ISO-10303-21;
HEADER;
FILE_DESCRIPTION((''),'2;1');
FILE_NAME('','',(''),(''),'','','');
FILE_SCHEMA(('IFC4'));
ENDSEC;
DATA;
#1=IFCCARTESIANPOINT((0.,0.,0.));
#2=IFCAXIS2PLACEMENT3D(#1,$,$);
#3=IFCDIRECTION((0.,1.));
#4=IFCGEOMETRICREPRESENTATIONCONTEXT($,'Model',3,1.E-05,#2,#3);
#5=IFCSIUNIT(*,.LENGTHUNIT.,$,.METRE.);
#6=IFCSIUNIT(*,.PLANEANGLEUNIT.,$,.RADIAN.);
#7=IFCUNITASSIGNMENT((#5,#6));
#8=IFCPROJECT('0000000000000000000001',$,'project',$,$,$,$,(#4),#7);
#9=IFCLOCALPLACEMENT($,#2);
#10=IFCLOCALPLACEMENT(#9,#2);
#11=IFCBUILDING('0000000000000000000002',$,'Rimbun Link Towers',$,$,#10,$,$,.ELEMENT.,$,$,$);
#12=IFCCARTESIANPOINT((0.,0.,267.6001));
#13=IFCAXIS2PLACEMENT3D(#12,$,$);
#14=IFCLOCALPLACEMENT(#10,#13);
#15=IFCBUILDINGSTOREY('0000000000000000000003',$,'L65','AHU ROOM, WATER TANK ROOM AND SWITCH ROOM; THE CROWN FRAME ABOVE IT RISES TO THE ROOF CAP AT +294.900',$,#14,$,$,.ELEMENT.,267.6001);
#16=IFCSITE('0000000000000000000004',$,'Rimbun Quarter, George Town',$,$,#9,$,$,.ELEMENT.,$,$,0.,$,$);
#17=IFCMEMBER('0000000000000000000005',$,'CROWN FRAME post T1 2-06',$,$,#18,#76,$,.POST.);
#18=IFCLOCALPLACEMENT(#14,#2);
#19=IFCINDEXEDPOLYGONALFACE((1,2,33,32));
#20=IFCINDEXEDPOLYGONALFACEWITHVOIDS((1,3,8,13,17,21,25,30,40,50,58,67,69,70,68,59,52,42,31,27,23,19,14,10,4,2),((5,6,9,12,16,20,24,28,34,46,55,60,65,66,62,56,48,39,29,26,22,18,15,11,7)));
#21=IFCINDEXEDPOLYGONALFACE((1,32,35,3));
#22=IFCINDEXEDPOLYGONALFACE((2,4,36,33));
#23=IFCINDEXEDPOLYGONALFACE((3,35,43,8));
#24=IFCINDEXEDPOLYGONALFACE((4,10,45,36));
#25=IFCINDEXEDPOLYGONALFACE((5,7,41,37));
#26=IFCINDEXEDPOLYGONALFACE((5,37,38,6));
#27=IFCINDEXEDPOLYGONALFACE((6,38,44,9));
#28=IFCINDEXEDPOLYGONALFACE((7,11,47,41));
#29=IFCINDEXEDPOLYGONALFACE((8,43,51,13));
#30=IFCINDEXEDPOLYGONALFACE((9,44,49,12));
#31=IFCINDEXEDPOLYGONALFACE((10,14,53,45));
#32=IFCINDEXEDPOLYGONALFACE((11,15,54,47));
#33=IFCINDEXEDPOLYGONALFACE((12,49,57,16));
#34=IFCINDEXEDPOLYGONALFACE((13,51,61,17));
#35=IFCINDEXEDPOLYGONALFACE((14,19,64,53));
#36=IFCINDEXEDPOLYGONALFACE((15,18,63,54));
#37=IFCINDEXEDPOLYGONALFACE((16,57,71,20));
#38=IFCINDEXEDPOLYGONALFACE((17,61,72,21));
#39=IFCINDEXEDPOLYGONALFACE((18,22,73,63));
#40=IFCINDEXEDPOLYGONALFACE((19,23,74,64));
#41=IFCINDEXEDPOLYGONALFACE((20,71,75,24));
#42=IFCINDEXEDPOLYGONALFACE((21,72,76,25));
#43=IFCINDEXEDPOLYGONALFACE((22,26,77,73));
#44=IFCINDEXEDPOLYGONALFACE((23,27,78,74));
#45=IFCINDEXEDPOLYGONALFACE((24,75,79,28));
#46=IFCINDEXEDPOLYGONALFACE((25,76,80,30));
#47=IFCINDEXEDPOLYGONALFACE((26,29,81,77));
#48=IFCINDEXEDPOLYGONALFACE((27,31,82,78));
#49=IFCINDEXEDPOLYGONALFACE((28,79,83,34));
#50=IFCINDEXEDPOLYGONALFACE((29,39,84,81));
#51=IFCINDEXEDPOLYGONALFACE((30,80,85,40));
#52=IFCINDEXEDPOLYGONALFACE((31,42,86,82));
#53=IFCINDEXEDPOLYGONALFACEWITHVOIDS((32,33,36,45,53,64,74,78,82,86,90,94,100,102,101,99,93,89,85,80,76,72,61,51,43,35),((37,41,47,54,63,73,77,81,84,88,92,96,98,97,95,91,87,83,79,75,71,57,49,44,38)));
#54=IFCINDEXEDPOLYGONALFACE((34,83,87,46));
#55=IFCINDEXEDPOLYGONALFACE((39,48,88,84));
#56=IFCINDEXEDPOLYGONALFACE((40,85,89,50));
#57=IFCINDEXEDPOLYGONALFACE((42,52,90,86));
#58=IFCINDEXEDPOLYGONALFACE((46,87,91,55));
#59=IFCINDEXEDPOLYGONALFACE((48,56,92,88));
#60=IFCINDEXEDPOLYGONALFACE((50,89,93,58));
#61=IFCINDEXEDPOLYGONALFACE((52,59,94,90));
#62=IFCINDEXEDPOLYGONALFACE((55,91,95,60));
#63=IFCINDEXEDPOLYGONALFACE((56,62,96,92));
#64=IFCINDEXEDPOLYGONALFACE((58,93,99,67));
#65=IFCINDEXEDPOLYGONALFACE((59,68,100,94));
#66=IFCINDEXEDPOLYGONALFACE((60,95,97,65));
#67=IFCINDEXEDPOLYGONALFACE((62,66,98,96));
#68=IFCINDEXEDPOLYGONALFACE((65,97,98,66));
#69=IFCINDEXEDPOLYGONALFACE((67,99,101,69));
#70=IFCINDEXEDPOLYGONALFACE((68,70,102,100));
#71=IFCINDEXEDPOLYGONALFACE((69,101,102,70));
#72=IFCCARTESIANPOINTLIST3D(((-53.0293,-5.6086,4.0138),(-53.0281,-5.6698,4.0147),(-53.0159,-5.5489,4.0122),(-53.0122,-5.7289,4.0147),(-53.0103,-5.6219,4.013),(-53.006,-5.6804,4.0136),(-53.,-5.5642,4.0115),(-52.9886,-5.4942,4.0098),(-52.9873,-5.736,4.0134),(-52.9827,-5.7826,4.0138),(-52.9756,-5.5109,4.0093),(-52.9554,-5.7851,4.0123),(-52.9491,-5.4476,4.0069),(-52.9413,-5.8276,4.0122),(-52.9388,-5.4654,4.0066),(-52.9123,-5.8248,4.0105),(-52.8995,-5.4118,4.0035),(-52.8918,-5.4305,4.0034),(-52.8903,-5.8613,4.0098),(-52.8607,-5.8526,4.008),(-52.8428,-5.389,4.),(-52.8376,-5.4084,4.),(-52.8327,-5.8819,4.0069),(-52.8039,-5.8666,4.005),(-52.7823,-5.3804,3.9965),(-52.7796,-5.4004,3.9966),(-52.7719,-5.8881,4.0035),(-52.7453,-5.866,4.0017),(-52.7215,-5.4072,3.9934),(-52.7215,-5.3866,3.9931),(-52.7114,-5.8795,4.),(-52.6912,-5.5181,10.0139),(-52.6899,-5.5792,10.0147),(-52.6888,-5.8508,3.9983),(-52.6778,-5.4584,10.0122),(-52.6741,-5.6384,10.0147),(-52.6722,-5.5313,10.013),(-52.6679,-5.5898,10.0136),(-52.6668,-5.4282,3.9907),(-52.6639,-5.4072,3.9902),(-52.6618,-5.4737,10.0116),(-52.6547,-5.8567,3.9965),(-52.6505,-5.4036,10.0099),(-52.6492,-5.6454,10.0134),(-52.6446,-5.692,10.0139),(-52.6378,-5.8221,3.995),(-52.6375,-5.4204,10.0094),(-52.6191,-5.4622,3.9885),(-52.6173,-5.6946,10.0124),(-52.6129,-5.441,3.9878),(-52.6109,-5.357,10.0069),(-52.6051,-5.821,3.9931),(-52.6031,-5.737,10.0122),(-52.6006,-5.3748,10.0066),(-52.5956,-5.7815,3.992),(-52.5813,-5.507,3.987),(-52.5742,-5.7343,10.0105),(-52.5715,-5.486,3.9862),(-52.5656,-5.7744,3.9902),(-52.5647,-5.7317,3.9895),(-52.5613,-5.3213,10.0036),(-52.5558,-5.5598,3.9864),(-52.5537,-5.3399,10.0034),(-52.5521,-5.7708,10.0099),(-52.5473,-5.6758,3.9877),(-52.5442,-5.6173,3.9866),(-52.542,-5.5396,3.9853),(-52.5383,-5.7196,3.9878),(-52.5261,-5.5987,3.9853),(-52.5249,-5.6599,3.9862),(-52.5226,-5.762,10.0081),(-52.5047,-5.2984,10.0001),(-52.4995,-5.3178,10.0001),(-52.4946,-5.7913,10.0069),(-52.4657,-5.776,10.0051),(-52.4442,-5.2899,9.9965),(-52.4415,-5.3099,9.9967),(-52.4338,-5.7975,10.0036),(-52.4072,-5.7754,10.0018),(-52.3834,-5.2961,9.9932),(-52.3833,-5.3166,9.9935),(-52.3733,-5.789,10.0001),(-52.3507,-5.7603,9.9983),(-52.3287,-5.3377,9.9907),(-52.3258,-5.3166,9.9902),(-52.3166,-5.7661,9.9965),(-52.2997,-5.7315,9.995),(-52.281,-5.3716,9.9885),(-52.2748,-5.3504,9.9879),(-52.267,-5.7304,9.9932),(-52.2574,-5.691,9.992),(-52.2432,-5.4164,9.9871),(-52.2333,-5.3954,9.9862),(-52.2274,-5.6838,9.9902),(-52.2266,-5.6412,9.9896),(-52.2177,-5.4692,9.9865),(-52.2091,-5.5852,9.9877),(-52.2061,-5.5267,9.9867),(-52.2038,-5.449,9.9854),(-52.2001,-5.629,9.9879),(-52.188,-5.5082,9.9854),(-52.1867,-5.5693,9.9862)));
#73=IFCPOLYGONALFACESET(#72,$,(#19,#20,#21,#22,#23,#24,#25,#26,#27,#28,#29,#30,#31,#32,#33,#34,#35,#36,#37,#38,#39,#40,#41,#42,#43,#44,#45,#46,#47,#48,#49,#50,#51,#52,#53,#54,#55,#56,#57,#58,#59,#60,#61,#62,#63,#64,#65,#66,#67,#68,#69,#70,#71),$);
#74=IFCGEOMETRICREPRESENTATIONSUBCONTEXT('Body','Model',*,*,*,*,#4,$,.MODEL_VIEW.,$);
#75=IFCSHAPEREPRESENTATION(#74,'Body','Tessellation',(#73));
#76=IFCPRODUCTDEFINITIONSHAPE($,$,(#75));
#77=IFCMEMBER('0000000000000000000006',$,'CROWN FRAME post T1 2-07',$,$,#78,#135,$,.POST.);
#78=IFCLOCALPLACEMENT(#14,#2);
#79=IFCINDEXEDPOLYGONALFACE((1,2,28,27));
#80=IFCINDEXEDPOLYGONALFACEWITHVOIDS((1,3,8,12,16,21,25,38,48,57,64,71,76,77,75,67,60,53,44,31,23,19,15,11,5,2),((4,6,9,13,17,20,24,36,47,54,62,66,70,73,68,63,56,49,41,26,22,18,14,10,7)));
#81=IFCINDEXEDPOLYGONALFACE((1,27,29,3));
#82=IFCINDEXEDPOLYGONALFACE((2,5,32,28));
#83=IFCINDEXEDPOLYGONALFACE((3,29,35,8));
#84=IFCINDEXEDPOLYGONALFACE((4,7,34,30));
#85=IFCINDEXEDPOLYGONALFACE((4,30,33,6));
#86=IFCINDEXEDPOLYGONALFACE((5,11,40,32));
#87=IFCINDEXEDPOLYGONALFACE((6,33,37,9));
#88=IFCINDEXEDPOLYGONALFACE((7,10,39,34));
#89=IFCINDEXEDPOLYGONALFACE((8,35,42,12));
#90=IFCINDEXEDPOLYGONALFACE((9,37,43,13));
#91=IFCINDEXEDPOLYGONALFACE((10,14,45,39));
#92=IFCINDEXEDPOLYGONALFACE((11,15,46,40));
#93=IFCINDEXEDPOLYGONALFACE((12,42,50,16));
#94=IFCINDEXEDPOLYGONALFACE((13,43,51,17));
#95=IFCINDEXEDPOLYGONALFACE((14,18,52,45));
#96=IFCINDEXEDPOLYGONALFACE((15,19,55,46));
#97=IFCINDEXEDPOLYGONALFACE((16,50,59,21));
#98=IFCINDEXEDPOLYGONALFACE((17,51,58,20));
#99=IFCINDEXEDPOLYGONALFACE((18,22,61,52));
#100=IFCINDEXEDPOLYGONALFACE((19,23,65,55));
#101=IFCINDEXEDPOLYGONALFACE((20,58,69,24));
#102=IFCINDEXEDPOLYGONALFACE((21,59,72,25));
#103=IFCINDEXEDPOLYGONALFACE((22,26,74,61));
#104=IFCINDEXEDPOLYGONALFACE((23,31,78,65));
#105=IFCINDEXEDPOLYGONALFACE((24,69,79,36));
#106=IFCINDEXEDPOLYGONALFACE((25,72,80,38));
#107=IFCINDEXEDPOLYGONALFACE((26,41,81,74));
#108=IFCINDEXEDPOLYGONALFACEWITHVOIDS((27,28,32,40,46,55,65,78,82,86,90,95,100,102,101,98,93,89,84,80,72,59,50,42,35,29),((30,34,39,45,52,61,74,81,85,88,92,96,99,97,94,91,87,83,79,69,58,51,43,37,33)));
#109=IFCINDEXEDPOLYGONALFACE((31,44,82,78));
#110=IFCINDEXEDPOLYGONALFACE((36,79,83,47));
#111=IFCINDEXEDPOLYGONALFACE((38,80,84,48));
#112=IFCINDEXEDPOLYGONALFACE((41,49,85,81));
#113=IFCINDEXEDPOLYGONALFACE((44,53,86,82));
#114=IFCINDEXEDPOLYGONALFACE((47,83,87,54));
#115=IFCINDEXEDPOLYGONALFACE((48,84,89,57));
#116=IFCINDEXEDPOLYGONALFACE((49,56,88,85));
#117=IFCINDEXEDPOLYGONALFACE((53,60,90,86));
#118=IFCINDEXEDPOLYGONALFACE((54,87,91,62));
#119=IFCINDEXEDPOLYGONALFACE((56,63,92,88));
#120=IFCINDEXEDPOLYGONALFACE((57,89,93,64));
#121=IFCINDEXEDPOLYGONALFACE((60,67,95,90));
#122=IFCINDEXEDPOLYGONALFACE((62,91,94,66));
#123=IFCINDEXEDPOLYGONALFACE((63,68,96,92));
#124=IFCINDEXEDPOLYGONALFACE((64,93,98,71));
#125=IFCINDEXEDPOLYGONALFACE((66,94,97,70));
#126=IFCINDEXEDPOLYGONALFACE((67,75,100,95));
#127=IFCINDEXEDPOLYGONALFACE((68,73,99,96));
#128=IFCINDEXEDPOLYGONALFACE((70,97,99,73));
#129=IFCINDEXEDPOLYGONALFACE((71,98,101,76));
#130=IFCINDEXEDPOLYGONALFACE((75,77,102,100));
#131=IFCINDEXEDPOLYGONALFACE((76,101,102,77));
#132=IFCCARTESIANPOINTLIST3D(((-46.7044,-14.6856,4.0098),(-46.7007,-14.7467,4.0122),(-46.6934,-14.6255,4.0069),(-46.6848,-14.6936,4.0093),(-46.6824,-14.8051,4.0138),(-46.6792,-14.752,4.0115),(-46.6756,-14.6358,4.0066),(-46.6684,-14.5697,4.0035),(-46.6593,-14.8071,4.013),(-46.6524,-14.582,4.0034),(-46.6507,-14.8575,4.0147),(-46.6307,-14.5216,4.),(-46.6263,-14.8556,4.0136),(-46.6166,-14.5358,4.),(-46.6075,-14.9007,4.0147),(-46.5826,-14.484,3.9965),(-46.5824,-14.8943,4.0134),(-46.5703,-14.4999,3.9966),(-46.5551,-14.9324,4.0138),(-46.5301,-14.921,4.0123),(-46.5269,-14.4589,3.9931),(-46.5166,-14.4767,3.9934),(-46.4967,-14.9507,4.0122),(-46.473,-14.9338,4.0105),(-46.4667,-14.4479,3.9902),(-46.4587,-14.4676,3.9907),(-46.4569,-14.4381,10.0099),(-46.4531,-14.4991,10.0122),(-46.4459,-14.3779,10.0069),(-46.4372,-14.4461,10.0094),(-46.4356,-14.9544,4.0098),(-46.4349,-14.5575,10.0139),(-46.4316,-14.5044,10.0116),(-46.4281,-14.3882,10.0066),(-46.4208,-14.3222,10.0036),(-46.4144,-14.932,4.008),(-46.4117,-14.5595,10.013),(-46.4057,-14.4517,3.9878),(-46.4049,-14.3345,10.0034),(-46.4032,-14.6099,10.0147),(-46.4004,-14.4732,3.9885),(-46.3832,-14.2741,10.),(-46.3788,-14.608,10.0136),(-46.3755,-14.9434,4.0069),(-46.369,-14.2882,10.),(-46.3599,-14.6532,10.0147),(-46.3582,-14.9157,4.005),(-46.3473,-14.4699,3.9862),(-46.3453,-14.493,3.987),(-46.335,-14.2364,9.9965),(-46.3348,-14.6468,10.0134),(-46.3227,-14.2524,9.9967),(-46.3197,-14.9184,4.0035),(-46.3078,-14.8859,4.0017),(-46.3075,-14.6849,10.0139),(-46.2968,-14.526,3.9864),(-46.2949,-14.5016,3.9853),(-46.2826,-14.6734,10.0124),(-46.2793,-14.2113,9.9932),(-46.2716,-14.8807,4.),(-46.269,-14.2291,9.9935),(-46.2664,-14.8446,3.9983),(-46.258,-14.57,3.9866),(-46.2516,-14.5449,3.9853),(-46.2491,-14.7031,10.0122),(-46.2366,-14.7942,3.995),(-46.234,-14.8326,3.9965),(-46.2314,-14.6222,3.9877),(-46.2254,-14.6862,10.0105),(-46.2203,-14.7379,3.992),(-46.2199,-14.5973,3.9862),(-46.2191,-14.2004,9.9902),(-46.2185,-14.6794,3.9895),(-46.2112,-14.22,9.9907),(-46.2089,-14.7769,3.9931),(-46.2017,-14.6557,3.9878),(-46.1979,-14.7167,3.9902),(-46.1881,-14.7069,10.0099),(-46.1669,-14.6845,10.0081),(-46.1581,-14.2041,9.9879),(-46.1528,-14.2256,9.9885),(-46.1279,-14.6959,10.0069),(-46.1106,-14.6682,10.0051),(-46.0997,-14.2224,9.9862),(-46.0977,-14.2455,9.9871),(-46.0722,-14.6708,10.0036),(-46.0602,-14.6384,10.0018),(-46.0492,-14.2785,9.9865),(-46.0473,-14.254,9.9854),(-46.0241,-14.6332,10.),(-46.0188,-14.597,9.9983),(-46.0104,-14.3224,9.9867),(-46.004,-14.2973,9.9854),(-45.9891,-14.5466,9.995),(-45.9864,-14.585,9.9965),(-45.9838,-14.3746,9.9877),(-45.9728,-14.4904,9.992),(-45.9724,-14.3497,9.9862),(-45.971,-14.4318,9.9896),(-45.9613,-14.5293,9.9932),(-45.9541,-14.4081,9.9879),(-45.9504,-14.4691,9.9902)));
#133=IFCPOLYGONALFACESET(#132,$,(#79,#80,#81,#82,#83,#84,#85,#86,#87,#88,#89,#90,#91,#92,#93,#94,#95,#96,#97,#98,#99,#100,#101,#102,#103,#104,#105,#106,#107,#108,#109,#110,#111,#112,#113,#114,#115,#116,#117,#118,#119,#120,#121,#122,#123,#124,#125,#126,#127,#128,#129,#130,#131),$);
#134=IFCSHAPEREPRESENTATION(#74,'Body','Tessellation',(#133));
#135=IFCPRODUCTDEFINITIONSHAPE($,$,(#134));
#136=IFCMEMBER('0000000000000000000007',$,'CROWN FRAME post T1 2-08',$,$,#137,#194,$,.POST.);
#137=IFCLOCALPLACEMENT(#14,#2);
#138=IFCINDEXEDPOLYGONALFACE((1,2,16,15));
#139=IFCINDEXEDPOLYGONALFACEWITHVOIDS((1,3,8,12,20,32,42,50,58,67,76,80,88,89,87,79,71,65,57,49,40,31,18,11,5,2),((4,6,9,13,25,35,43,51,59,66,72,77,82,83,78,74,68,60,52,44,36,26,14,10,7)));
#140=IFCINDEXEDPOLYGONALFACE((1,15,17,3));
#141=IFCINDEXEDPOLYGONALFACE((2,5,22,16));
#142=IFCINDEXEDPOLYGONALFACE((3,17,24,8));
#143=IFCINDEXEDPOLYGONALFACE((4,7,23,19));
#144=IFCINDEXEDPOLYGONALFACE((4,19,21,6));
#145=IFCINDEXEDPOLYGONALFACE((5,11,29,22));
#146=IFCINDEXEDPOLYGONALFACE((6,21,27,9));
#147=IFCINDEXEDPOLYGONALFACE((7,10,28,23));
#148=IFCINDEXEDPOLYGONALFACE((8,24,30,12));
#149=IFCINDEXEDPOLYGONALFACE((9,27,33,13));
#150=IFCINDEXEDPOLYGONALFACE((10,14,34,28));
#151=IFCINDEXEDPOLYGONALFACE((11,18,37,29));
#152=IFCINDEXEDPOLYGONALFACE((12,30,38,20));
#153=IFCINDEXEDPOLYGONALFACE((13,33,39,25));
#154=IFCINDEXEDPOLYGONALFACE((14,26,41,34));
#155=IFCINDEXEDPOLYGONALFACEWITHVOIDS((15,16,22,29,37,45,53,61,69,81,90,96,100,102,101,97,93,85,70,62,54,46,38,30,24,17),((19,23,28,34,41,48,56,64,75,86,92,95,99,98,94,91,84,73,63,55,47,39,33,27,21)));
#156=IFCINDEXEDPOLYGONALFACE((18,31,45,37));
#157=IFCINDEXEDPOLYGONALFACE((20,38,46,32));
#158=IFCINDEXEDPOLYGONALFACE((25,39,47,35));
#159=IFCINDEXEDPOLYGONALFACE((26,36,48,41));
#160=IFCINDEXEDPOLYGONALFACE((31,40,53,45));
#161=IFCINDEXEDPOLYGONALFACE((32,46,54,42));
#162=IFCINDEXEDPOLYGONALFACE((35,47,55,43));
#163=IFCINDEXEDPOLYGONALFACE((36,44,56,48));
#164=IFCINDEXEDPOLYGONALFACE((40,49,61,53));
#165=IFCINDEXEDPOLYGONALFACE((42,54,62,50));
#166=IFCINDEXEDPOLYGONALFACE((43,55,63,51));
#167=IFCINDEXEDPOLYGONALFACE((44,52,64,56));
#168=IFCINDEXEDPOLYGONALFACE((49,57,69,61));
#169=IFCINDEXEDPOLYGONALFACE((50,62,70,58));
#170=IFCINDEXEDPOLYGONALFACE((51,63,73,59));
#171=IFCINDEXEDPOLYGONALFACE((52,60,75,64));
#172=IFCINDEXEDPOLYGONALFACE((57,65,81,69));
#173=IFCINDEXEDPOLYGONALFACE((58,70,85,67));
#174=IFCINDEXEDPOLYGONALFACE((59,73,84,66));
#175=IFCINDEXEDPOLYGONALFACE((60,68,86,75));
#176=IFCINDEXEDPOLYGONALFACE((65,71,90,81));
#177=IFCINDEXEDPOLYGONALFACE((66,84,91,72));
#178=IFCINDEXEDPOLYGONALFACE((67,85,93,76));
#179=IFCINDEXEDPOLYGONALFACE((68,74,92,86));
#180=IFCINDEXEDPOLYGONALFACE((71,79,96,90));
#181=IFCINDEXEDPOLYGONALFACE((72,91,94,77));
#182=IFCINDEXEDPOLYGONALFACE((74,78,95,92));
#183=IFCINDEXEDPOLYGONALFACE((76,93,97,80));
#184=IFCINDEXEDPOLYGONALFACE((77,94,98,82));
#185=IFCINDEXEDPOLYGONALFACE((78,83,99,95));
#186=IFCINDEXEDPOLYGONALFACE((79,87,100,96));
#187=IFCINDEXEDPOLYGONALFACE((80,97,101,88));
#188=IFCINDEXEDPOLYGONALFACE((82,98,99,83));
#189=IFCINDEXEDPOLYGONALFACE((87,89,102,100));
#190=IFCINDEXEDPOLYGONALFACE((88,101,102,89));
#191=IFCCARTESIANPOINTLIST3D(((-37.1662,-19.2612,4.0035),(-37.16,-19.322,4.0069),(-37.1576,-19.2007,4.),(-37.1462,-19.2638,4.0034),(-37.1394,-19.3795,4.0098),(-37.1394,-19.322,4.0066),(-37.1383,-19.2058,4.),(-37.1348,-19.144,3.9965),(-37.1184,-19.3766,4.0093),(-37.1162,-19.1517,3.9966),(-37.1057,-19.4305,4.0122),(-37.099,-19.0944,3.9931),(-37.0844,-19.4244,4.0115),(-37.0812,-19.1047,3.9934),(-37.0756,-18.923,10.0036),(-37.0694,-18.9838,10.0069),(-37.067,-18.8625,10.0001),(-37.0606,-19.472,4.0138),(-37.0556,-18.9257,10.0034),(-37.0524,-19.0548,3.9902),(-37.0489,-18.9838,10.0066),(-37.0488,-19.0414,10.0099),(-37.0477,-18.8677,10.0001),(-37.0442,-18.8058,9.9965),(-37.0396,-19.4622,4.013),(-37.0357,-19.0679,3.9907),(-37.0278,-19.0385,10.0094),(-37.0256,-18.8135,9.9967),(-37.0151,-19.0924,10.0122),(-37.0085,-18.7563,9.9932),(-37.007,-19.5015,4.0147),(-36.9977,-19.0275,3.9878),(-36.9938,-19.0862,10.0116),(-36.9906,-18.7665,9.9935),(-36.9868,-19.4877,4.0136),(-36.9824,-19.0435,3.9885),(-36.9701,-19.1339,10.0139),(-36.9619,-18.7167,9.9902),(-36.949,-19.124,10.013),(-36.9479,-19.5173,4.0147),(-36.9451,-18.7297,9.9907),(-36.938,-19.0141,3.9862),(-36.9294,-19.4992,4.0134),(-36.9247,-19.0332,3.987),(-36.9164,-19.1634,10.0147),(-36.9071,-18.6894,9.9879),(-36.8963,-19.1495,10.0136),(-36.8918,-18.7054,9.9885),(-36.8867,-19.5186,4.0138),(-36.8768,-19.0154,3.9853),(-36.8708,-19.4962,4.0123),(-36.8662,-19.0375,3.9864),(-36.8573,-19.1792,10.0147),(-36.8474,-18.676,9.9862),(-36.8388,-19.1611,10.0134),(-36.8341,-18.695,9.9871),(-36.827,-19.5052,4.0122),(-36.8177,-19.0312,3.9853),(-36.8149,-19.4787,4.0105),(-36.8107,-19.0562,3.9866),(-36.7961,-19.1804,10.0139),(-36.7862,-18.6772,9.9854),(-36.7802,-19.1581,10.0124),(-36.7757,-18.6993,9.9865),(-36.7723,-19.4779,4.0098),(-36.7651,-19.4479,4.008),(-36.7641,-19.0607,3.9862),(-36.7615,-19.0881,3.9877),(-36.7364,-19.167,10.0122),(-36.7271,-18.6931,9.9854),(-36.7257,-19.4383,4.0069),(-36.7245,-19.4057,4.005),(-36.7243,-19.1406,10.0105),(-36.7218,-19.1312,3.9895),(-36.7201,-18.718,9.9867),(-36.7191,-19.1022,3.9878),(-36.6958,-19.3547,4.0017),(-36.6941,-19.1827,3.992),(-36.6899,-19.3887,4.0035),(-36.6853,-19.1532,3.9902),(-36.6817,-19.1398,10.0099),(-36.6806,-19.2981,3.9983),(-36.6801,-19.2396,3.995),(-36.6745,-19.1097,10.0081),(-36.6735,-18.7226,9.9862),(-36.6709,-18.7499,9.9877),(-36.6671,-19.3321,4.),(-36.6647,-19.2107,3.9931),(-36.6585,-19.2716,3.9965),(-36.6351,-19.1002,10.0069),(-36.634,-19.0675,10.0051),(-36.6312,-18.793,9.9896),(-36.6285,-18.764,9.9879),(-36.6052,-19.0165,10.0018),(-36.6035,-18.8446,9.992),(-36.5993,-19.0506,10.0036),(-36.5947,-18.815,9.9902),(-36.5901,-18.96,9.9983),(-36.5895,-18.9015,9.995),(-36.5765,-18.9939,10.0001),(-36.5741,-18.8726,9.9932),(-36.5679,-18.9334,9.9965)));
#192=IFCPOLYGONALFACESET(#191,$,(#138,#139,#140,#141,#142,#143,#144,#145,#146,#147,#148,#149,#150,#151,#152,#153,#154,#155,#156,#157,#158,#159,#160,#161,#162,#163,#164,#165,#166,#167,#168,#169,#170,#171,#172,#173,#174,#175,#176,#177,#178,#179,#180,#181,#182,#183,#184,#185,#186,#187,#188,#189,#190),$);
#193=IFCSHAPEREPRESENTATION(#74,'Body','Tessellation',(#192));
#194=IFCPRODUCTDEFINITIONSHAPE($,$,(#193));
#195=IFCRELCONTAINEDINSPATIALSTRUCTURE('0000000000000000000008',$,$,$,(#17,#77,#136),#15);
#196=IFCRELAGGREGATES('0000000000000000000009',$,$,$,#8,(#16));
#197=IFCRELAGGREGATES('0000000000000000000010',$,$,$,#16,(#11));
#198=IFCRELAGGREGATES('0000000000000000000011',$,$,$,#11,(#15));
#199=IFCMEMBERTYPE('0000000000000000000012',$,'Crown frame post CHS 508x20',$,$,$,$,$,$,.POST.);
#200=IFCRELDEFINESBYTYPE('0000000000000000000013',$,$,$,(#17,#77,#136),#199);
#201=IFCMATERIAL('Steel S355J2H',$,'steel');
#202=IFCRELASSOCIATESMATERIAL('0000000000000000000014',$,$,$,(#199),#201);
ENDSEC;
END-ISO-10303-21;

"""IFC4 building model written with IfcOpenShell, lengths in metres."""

from ifc_helpers import new_model, si_unit, direction, frame, origin, origin_2d, place, context, subcontext, project, spatial, hollow_circle, extrude, material, material_profile, profile_set, type_object, element, save


model = new_model("IFC4")

# Units and contexts
model_context = context("Model", 3, precision=1e-05, world=origin(), true_north=direction((0.0, 1.0)))
body_context = subcontext(model_context, "Body", "Model", "MODEL_VIEW")
ifc_project = project(units=[si_unit("LENGTHUNIT", "METRE"), si_unit("PLANEANGLEUNIT", "RADIAN")], contexts=[model_context])

# Site, building, storey
site_placement = place(None, origin())
site = spatial("IfcSite", under=ifc_project, at=site_placement, Name="Rimbun Quarter, George Town", CompositionType="ELEMENT", RefElevation=0.0)
building_placement = place(site_placement, origin())
building = spatial("IfcBuilding", under=site, at=building_placement, Name="Rimbun Link Towers", CompositionType="ELEMENT")
storey_placement = place(building_placement, frame((0.0, 0.0, 267.6001)))
storey = spatial("IfcBuildingStorey", under=building, at=storey_placement, Name="L65", Description="AHU ROOM, WATER TANK ROOM AND SWITCH ROOM; THE CROWN FRAME ABOVE IT RISES TO THE ROOF CAP AT +294.900", CompositionType="ELEMENT", Elevation=267.6001)

# Members
ifc_material_1 = material(Name="Steel S355J2H", Category="steel")
ifc_material_profile_1 = material_profile(ifc_material_1, hollow_circle(Radius=0.2539, WallThickness=0.02, at=origin_2d()), Name="Crown frame post CHS 508x20")
ifc_profile_set_1 = profile_set([ifc_material_profile_1], Name="Steel S355J2H")
member_type_1 = type_object("IfcMemberType", Name="Crown frame post CHS 508x20", PredefinedType="POST", material=ifc_profile_set_1)
for number, where, z_axis, x_axis, name in (
    (1, (-52.7771, -5.6343, 4.0), (0.05626, 0.01507, 0.998302), (-0.258748, 0.965945, 0.0), "CROWN FRAME post T1 2-06"),
    (2, (-46.4512, -14.7012, 4.0), (0.04119, 0.04119, 0.998302), (-0.707107, 0.707107, 0.0), "CROWN FRAME post T1 2-07"),
    (3, (-36.9124, -19.2664, 4.0), (0.01507, 0.05626, 0.998302), (-0.965945, 0.258748, 0.0), "CROWN FRAME post T1 2-08"),
):
    element("IfcMember", number, at=place(storey_placement, frame(where, z_axis=z_axis, x_axis=x_axis)), inside=storey, type_object=member_type_1, Name=name, PredefinedType="POST", context=body_context, shape_type="SweptSolid", body=[
        extrude(hollow_circle(Radius=0.2539, WallThickness=0.02, at=origin_2d()), origin(), (0.0, 0.0, 1.0), 6.0103),
    ])

save(model, "model.ifc")
